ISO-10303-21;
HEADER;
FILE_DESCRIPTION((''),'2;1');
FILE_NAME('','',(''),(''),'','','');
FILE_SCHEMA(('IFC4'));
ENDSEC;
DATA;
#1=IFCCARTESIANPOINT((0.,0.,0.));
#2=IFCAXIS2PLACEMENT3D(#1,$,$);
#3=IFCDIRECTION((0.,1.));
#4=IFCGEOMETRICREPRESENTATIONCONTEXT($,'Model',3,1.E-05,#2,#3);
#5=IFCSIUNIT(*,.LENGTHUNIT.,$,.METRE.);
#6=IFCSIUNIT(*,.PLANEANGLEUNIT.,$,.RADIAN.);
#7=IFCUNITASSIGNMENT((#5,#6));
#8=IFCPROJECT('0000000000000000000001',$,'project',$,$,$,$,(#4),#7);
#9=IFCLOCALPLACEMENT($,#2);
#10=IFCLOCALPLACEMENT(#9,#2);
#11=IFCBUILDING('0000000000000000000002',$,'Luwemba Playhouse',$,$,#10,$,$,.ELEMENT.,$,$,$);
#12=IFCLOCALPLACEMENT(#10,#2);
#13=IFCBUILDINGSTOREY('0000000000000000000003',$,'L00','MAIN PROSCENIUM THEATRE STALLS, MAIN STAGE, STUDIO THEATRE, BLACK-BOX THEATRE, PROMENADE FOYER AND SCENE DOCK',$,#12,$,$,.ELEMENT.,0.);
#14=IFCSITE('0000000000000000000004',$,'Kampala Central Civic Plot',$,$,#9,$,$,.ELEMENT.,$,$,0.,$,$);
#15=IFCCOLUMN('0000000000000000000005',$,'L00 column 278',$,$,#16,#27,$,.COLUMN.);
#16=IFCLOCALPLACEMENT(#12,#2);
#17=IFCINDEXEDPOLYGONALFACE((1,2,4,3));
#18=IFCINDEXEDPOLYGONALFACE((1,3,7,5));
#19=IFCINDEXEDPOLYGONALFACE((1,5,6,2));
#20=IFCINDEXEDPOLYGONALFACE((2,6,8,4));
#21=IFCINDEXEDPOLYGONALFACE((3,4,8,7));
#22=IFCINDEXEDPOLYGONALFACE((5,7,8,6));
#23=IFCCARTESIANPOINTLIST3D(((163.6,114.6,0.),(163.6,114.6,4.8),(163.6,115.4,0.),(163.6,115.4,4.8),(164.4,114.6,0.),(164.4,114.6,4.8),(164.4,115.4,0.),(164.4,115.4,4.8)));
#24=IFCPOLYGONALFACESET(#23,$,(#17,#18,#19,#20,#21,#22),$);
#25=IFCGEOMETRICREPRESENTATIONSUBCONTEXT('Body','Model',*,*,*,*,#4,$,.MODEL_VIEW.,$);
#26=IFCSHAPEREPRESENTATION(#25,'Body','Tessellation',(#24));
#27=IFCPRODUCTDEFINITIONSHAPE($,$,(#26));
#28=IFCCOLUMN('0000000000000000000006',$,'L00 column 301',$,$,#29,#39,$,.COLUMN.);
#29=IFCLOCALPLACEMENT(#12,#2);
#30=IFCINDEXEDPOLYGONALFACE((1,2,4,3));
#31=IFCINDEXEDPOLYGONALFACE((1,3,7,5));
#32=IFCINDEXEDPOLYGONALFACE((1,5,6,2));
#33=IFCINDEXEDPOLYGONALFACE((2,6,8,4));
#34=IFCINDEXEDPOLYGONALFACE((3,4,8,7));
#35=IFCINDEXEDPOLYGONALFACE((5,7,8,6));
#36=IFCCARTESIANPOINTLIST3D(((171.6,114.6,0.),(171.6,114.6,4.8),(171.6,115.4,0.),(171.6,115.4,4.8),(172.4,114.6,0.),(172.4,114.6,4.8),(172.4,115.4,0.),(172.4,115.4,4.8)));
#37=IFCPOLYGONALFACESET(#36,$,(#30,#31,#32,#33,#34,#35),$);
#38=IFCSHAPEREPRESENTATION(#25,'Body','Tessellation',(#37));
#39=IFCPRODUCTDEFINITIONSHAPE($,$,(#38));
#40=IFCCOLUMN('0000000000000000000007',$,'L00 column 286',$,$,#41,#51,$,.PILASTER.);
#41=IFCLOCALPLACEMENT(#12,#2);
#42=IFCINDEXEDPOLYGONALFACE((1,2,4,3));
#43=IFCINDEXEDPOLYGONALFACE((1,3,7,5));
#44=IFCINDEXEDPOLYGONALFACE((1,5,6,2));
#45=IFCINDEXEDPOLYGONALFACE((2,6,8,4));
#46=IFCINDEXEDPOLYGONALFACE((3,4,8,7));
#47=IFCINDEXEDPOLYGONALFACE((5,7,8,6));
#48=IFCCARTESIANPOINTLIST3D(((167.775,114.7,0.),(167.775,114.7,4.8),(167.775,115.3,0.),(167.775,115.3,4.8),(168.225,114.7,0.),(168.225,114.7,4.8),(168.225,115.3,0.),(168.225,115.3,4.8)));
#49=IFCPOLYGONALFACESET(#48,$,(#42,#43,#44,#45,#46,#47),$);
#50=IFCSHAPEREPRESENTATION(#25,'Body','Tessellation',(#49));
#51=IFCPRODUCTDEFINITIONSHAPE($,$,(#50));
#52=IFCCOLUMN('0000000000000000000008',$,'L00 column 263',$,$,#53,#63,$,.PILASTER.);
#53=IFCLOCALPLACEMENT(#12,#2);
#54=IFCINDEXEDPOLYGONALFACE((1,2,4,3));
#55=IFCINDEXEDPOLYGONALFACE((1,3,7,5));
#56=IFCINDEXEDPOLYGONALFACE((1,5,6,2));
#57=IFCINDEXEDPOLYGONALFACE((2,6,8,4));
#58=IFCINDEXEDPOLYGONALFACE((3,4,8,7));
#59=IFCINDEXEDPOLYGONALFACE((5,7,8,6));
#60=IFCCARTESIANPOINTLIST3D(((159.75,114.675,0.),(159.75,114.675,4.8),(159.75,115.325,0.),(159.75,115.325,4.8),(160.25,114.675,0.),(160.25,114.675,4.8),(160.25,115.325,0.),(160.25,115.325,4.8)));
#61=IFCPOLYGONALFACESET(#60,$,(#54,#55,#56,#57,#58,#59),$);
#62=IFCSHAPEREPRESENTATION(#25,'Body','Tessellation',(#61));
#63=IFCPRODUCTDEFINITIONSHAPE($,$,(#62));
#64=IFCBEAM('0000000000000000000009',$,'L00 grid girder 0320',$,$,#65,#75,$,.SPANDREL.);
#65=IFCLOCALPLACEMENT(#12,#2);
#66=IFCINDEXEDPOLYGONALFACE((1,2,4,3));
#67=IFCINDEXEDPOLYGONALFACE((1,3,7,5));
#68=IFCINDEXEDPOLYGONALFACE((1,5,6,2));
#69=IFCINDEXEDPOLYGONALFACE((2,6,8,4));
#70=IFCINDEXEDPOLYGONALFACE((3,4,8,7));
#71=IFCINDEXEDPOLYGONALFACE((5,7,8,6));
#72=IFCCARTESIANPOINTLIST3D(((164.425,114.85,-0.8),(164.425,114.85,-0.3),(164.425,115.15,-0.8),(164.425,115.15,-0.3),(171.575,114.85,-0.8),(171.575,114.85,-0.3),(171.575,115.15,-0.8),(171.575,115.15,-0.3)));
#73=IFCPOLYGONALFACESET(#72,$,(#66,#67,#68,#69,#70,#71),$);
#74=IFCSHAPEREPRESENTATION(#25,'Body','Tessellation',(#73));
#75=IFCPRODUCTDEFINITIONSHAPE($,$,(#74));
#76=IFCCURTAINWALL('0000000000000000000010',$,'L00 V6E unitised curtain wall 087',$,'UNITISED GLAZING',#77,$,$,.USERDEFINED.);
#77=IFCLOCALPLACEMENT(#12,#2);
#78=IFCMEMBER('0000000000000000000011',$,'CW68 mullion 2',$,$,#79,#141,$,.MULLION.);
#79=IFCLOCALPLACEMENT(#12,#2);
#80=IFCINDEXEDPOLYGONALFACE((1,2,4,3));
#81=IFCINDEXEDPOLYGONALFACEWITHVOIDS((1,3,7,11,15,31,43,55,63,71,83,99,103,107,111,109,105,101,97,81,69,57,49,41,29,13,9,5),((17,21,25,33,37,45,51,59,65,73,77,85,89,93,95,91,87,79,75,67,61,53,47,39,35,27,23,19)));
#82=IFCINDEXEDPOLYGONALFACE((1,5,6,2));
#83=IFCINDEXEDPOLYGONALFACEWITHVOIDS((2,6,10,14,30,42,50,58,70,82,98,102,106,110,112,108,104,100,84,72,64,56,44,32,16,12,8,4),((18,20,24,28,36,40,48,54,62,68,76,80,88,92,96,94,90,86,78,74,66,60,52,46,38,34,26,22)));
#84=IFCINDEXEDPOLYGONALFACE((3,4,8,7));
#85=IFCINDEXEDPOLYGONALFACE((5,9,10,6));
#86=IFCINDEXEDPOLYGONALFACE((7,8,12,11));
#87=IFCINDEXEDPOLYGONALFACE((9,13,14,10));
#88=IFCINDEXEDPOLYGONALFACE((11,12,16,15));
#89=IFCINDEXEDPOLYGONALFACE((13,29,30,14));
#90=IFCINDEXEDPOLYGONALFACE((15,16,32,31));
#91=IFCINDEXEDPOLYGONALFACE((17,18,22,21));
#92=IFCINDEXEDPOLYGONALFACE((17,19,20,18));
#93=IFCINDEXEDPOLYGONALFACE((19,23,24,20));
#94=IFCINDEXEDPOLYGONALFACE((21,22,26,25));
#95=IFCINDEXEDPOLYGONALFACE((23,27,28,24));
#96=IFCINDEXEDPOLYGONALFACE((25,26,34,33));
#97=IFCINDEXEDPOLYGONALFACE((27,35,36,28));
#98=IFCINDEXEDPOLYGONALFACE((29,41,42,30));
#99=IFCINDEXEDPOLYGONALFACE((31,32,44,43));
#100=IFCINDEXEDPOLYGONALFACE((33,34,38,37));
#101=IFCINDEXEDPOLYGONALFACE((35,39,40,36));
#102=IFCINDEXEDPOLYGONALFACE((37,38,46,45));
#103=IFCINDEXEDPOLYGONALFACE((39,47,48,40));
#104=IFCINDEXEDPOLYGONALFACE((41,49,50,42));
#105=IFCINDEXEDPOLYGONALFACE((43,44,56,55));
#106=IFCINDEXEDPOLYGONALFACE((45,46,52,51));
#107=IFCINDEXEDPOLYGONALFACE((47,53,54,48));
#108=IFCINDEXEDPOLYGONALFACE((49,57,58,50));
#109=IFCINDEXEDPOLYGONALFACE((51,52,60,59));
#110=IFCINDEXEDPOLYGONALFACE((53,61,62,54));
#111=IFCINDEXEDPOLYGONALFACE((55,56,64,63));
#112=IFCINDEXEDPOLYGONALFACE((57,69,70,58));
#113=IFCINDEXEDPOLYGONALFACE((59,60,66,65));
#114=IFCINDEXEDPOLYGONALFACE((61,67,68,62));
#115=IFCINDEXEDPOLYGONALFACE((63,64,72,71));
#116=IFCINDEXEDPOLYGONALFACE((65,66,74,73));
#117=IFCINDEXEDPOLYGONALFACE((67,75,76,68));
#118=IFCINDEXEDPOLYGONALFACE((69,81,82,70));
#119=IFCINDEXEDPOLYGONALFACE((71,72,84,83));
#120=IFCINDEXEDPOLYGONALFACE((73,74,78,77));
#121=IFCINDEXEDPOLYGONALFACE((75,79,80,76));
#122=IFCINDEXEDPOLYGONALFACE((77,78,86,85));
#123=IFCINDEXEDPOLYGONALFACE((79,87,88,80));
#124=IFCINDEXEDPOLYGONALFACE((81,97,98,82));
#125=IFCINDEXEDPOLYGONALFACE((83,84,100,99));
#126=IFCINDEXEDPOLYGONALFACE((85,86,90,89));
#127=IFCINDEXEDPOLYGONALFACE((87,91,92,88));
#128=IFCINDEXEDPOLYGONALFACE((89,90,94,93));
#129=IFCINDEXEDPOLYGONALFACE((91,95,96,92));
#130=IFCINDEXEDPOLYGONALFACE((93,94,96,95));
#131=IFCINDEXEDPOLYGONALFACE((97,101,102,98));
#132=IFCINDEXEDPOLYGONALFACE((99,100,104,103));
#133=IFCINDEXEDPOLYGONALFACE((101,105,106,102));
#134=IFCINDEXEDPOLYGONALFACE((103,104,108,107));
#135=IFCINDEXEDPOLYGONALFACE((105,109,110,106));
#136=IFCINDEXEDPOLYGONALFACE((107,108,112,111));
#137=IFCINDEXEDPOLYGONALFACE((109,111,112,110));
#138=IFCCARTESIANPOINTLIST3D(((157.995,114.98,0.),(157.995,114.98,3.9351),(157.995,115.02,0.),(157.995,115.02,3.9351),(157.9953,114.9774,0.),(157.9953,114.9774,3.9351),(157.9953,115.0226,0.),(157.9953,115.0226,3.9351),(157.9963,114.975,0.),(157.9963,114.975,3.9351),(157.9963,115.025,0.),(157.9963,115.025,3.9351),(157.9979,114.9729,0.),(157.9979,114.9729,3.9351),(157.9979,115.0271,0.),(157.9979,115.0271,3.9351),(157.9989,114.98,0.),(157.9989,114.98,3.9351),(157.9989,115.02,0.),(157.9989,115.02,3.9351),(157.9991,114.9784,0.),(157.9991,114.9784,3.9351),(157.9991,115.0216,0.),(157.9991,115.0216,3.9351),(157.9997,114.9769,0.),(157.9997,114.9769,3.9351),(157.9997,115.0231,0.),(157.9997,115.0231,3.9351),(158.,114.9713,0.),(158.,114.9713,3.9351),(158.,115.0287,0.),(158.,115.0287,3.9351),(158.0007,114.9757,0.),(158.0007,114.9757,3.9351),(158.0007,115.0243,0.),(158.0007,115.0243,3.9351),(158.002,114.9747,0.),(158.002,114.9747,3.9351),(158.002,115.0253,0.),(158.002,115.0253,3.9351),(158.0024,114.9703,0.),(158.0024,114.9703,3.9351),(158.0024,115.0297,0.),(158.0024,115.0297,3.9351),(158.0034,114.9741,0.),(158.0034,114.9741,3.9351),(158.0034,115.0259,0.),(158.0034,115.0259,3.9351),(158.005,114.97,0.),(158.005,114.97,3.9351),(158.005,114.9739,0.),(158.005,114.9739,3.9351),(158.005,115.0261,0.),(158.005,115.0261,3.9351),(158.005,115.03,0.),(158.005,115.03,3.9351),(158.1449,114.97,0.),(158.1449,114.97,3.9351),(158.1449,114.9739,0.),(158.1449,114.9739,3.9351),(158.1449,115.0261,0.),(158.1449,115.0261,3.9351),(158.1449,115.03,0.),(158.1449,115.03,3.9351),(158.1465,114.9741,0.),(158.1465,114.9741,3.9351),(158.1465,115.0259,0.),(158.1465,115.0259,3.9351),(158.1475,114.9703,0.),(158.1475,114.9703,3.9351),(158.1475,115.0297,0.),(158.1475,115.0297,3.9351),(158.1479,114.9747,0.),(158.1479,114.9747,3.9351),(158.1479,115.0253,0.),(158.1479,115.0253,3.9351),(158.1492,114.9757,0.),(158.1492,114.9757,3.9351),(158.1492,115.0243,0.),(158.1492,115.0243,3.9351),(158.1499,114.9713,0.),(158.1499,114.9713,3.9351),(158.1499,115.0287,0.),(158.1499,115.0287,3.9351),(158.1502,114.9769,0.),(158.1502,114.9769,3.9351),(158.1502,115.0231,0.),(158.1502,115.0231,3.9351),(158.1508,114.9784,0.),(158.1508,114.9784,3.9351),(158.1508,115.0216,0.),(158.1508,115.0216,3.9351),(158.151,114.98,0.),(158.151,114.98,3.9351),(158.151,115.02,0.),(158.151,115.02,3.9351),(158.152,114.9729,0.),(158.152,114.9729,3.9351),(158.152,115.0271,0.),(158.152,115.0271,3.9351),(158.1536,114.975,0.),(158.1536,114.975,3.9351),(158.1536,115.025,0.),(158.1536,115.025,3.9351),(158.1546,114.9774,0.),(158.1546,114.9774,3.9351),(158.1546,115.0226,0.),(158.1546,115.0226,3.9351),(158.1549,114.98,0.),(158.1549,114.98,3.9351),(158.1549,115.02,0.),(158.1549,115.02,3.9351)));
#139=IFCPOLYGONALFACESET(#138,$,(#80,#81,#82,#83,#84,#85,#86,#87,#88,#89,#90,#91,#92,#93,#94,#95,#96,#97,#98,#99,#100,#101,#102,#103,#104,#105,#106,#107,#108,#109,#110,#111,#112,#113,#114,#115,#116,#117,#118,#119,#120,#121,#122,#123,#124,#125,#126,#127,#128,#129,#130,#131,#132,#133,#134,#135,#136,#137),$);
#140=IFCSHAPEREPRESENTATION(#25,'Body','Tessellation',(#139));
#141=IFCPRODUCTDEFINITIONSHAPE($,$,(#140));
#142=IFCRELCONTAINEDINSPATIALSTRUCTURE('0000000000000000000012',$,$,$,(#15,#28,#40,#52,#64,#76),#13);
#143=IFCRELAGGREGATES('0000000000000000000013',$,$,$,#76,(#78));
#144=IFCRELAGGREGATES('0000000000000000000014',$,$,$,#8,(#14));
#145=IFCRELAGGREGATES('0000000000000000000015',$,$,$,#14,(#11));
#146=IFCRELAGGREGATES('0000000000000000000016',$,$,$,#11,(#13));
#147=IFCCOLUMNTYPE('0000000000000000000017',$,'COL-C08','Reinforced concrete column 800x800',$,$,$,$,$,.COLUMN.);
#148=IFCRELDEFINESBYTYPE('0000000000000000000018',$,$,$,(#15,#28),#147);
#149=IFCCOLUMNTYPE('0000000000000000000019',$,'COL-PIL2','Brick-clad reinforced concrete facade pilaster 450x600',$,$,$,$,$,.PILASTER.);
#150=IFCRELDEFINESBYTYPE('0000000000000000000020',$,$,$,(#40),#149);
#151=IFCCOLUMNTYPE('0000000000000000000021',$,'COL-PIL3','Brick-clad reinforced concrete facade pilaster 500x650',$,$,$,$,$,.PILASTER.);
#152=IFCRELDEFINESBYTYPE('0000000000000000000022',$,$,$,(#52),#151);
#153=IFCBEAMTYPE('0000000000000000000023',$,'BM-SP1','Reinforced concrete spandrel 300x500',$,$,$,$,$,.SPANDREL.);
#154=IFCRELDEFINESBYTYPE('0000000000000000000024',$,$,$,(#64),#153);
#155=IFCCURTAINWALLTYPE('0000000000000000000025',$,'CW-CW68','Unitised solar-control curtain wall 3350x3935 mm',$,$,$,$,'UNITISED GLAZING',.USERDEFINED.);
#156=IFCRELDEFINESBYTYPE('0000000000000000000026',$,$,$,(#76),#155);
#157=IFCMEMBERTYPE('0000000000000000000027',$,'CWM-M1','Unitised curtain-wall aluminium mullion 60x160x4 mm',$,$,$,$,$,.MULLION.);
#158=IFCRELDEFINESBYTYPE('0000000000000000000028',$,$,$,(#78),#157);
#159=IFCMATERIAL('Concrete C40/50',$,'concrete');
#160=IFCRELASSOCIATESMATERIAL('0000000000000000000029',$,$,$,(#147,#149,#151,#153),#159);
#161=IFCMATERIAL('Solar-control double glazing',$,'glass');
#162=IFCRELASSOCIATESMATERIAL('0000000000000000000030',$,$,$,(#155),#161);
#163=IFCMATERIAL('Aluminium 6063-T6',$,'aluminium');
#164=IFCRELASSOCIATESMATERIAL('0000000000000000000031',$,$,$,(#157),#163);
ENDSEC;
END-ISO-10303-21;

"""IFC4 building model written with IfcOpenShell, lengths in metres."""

from ifc_helpers import new_model, si_unit, direction, frame, origin, origin_2d, place, context, subcontext, project, spatial, rectangle, hollow_rectangle, extrude, material, material_profile, profile_set, type_object, element, aggregate, save


model = new_model("IFC4")

# Units and contexts
model_context = context("Model", 3, precision=1e-05, world=origin(), true_north=direction((0.0, 1.0)))
body_context = subcontext(model_context, "Body", "Model", "MODEL_VIEW")
ifc_project = project(units=[si_unit("LENGTHUNIT", "METRE"), si_unit("PLANEANGLEUNIT", "RADIAN")], contexts=[model_context])

# Site, building, storey
site_placement = place(None, origin())
site = spatial("IfcSite", under=ifc_project, at=site_placement, Name="Kampala Central Civic Plot", CompositionType="ELEMENT", RefElevation=0.0)
building_placement = place(site_placement, origin())
building = spatial("IfcBuilding", under=site, at=building_placement, Name="Luwemba Playhouse", CompositionType="ELEMENT")
storey_placement = place(building_placement, origin())
storey = spatial("IfcBuildingStorey", under=building, at=storey_placement, Name="L00", Description="MAIN PROSCENIUM THEATRE STALLS, MAIN STAGE, STUDIO THEATRE, BLACK-BOX THEATRE, PROMENADE FOYER AND SCENE DOCK", CompositionType="ELEMENT", Elevation=0.0)

# Columns
ifc_material_1 = material(Name="Concrete C40/50", Category="concrete")
ifc_material_profile_1 = material_profile(ifc_material_1, rectangle(XDim=0.8, YDim=0.8, at=origin_2d()))
ifc_profile_set_1 = profile_set([ifc_material_profile_1], Name="Concrete C40/50")
column_type_1 = type_object("IfcColumnType", Name="COL-C08", Description="Reinforced concrete column 800x800", PredefinedType="COLUMN", material=ifc_profile_set_1)
for number, where, z_axis, x_axis, name in (
    (1, (164.0, 115.0, 0.0), (0.0, 0.0, 1.0), (1.0, 0.0, 0.0), "L00 column 278"),
    (2, (172.0, 115.0, 0.0), (0.0, 0.0, 1.0), (1.0, 0.0, 0.0), "L00 column 301"),
):
    element("IfcColumn", number, at=place(storey_placement, frame(where, z_axis=z_axis, x_axis=x_axis)), inside=storey, type_object=column_type_1, Name=name, PredefinedType="COLUMN", context=body_context, shape_type="SweptSolid", body=[
        extrude(rectangle(XDim=0.8, YDim=0.8, at=origin_2d()), origin(), (0.0, 0.0, 1.0), 4.8),
    ])
ifc_material_profile_2 = material_profile(ifc_material_1, rectangle(XDim=0.45, YDim=0.6001, at=origin_2d()))
ifc_profile_set_2 = profile_set([ifc_material_profile_2], Name="Concrete C40/50")
column_type_2 = type_object("IfcColumnType", Name="COL-PIL2", Description="Brick-clad reinforced concrete facade pilaster 450x600", PredefinedType="PILASTER", material=ifc_profile_set_2)
column_1_placement = place(storey_placement, frame((168.0, 115.0, 0.0), z_axis=(0.0, 0.0, 1.0), x_axis=(1.0, 0.0, 0.0)))
element("IfcColumn", 3, at=column_1_placement, inside=storey, type_object=column_type_2, Name="L00 column 286", PredefinedType="PILASTER", context=body_context, shape_type="SweptSolid", body=[
    extrude(rectangle(XDim=0.45, YDim=0.6001, at=origin_2d()), origin(), (0.0, 0.0, 1.0), 4.8),
])
ifc_material_profile_3 = material_profile(ifc_material_1, rectangle(XDim=0.5, YDim=0.6499, at=origin_2d()))
ifc_profile_set_3 = profile_set([ifc_material_profile_3], Name="Concrete C40/50")
column_type_3 = type_object("IfcColumnType", Name="COL-PIL3", Description="Brick-clad reinforced concrete facade pilaster 500x650", PredefinedType="PILASTER", material=ifc_profile_set_3)
column_2_placement = place(storey_placement, frame((160.0, 115.0, 0.0), z_axis=(0.0, 0.0, 1.0), x_axis=(1.0, 0.0, 0.0)))
element("IfcColumn", 4, at=column_2_placement, inside=storey, type_object=column_type_3, Name="L00 column 263", PredefinedType="PILASTER", context=body_context, shape_type="SweptSolid", body=[
    extrude(rectangle(XDim=0.5, YDim=0.6499, at=origin_2d()), origin(), (0.0, 0.0, 1.0), 4.8),
])

# Beam
ifc_material_profile_4 = material_profile(ifc_material_1, rectangle(XDim=0.3, YDim=0.5, at=origin_2d()))
ifc_profile_set_4 = profile_set([ifc_material_profile_4], Name="Concrete C40/50")
beam_type = type_object("IfcBeamType", Name="BM-SP1", Description="Reinforced concrete spandrel 300x500", PredefinedType="SPANDREL", material=ifc_profile_set_4)
beam_placement = place(storey_placement, frame((164.425, 115.0, -0.55), z_axis=(1.0, 0.0, 0.0), x_axis=(0.0, 1.0, 0.0)))
element("IfcBeam", 5, at=beam_placement, inside=storey, type_object=beam_type, Name="L00 grid girder 0320", PredefinedType="SPANDREL", context=body_context, shape_type="SweptSolid", body=[
    extrude(rectangle(XDim=0.3, YDim=0.5, at=origin_2d()), origin(), (0.0, 0.0, 1.0), 7.1499),
])

# Curtain wall, member
ifc_material_2 = material(Name="Solar-control double glazing", Category="glass")
curtain_wall_type = type_object("IfcCurtainWallType", Name="CW-CW68", Description="Unitised solar-control curtain wall 3350x3935 mm", ElementType="UNITISED GLAZING", PredefinedType="USERDEFINED", material=ifc_material_2)
curtain_wall_placement = place(storey_placement, origin())
curtain_wall = element("IfcCurtainWall", 6, at=curtain_wall_placement, inside=storey, type_object=curtain_wall_type, Name="L00 V6E unitised curtain wall 087", ObjectType="UNITISED GLAZING", PredefinedType="USERDEFINED")
ifc_material_3 = material(Name="Aluminium 6063-T6", Category="aluminium")
ifc_material_profile_5 = material_profile(ifc_material_3, hollow_rectangle(XDim=0.0601, YDim=0.1599, WallThickness=0.0039, InnerFilletRadius=0.0061, OuterFilletRadius=0.01, at=origin_2d()))
ifc_profile_set_5 = profile_set([ifc_material_profile_5], Name="Aluminium 6063-T6")
member_type_1 = type_object("IfcMemberType", Name="CWM-M1", Description="Unitised curtain-wall aluminium mullion 60x160x4 mm", PredefinedType="MULLION", material=ifc_profile_set_5)
member_1_placement = place(storey_placement, frame((158.075, 115.0, 0.0), z_axis=(0.0, 0.0, 1.0), x_axis=(0.0, 1.0, 0.0)))
member_1 = element("IfcMember", 7, at=member_1_placement, type_object=member_type_1, Name="CW68 mullion 2", PredefinedType="MULLION", context=body_context, shape_type="SweptSolid", body=[
    extrude(hollow_rectangle(XDim=0.0601, YDim=0.1599, WallThickness=0.0039, InnerFilletRadius=0.0061, OuterFilletRadius=0.01, at=origin_2d()), origin(), (0.0, 0.0, 1.0), 3.9351),
])
aggregate(curtain_wall, [member_1])

save(model, "model.ifc")
